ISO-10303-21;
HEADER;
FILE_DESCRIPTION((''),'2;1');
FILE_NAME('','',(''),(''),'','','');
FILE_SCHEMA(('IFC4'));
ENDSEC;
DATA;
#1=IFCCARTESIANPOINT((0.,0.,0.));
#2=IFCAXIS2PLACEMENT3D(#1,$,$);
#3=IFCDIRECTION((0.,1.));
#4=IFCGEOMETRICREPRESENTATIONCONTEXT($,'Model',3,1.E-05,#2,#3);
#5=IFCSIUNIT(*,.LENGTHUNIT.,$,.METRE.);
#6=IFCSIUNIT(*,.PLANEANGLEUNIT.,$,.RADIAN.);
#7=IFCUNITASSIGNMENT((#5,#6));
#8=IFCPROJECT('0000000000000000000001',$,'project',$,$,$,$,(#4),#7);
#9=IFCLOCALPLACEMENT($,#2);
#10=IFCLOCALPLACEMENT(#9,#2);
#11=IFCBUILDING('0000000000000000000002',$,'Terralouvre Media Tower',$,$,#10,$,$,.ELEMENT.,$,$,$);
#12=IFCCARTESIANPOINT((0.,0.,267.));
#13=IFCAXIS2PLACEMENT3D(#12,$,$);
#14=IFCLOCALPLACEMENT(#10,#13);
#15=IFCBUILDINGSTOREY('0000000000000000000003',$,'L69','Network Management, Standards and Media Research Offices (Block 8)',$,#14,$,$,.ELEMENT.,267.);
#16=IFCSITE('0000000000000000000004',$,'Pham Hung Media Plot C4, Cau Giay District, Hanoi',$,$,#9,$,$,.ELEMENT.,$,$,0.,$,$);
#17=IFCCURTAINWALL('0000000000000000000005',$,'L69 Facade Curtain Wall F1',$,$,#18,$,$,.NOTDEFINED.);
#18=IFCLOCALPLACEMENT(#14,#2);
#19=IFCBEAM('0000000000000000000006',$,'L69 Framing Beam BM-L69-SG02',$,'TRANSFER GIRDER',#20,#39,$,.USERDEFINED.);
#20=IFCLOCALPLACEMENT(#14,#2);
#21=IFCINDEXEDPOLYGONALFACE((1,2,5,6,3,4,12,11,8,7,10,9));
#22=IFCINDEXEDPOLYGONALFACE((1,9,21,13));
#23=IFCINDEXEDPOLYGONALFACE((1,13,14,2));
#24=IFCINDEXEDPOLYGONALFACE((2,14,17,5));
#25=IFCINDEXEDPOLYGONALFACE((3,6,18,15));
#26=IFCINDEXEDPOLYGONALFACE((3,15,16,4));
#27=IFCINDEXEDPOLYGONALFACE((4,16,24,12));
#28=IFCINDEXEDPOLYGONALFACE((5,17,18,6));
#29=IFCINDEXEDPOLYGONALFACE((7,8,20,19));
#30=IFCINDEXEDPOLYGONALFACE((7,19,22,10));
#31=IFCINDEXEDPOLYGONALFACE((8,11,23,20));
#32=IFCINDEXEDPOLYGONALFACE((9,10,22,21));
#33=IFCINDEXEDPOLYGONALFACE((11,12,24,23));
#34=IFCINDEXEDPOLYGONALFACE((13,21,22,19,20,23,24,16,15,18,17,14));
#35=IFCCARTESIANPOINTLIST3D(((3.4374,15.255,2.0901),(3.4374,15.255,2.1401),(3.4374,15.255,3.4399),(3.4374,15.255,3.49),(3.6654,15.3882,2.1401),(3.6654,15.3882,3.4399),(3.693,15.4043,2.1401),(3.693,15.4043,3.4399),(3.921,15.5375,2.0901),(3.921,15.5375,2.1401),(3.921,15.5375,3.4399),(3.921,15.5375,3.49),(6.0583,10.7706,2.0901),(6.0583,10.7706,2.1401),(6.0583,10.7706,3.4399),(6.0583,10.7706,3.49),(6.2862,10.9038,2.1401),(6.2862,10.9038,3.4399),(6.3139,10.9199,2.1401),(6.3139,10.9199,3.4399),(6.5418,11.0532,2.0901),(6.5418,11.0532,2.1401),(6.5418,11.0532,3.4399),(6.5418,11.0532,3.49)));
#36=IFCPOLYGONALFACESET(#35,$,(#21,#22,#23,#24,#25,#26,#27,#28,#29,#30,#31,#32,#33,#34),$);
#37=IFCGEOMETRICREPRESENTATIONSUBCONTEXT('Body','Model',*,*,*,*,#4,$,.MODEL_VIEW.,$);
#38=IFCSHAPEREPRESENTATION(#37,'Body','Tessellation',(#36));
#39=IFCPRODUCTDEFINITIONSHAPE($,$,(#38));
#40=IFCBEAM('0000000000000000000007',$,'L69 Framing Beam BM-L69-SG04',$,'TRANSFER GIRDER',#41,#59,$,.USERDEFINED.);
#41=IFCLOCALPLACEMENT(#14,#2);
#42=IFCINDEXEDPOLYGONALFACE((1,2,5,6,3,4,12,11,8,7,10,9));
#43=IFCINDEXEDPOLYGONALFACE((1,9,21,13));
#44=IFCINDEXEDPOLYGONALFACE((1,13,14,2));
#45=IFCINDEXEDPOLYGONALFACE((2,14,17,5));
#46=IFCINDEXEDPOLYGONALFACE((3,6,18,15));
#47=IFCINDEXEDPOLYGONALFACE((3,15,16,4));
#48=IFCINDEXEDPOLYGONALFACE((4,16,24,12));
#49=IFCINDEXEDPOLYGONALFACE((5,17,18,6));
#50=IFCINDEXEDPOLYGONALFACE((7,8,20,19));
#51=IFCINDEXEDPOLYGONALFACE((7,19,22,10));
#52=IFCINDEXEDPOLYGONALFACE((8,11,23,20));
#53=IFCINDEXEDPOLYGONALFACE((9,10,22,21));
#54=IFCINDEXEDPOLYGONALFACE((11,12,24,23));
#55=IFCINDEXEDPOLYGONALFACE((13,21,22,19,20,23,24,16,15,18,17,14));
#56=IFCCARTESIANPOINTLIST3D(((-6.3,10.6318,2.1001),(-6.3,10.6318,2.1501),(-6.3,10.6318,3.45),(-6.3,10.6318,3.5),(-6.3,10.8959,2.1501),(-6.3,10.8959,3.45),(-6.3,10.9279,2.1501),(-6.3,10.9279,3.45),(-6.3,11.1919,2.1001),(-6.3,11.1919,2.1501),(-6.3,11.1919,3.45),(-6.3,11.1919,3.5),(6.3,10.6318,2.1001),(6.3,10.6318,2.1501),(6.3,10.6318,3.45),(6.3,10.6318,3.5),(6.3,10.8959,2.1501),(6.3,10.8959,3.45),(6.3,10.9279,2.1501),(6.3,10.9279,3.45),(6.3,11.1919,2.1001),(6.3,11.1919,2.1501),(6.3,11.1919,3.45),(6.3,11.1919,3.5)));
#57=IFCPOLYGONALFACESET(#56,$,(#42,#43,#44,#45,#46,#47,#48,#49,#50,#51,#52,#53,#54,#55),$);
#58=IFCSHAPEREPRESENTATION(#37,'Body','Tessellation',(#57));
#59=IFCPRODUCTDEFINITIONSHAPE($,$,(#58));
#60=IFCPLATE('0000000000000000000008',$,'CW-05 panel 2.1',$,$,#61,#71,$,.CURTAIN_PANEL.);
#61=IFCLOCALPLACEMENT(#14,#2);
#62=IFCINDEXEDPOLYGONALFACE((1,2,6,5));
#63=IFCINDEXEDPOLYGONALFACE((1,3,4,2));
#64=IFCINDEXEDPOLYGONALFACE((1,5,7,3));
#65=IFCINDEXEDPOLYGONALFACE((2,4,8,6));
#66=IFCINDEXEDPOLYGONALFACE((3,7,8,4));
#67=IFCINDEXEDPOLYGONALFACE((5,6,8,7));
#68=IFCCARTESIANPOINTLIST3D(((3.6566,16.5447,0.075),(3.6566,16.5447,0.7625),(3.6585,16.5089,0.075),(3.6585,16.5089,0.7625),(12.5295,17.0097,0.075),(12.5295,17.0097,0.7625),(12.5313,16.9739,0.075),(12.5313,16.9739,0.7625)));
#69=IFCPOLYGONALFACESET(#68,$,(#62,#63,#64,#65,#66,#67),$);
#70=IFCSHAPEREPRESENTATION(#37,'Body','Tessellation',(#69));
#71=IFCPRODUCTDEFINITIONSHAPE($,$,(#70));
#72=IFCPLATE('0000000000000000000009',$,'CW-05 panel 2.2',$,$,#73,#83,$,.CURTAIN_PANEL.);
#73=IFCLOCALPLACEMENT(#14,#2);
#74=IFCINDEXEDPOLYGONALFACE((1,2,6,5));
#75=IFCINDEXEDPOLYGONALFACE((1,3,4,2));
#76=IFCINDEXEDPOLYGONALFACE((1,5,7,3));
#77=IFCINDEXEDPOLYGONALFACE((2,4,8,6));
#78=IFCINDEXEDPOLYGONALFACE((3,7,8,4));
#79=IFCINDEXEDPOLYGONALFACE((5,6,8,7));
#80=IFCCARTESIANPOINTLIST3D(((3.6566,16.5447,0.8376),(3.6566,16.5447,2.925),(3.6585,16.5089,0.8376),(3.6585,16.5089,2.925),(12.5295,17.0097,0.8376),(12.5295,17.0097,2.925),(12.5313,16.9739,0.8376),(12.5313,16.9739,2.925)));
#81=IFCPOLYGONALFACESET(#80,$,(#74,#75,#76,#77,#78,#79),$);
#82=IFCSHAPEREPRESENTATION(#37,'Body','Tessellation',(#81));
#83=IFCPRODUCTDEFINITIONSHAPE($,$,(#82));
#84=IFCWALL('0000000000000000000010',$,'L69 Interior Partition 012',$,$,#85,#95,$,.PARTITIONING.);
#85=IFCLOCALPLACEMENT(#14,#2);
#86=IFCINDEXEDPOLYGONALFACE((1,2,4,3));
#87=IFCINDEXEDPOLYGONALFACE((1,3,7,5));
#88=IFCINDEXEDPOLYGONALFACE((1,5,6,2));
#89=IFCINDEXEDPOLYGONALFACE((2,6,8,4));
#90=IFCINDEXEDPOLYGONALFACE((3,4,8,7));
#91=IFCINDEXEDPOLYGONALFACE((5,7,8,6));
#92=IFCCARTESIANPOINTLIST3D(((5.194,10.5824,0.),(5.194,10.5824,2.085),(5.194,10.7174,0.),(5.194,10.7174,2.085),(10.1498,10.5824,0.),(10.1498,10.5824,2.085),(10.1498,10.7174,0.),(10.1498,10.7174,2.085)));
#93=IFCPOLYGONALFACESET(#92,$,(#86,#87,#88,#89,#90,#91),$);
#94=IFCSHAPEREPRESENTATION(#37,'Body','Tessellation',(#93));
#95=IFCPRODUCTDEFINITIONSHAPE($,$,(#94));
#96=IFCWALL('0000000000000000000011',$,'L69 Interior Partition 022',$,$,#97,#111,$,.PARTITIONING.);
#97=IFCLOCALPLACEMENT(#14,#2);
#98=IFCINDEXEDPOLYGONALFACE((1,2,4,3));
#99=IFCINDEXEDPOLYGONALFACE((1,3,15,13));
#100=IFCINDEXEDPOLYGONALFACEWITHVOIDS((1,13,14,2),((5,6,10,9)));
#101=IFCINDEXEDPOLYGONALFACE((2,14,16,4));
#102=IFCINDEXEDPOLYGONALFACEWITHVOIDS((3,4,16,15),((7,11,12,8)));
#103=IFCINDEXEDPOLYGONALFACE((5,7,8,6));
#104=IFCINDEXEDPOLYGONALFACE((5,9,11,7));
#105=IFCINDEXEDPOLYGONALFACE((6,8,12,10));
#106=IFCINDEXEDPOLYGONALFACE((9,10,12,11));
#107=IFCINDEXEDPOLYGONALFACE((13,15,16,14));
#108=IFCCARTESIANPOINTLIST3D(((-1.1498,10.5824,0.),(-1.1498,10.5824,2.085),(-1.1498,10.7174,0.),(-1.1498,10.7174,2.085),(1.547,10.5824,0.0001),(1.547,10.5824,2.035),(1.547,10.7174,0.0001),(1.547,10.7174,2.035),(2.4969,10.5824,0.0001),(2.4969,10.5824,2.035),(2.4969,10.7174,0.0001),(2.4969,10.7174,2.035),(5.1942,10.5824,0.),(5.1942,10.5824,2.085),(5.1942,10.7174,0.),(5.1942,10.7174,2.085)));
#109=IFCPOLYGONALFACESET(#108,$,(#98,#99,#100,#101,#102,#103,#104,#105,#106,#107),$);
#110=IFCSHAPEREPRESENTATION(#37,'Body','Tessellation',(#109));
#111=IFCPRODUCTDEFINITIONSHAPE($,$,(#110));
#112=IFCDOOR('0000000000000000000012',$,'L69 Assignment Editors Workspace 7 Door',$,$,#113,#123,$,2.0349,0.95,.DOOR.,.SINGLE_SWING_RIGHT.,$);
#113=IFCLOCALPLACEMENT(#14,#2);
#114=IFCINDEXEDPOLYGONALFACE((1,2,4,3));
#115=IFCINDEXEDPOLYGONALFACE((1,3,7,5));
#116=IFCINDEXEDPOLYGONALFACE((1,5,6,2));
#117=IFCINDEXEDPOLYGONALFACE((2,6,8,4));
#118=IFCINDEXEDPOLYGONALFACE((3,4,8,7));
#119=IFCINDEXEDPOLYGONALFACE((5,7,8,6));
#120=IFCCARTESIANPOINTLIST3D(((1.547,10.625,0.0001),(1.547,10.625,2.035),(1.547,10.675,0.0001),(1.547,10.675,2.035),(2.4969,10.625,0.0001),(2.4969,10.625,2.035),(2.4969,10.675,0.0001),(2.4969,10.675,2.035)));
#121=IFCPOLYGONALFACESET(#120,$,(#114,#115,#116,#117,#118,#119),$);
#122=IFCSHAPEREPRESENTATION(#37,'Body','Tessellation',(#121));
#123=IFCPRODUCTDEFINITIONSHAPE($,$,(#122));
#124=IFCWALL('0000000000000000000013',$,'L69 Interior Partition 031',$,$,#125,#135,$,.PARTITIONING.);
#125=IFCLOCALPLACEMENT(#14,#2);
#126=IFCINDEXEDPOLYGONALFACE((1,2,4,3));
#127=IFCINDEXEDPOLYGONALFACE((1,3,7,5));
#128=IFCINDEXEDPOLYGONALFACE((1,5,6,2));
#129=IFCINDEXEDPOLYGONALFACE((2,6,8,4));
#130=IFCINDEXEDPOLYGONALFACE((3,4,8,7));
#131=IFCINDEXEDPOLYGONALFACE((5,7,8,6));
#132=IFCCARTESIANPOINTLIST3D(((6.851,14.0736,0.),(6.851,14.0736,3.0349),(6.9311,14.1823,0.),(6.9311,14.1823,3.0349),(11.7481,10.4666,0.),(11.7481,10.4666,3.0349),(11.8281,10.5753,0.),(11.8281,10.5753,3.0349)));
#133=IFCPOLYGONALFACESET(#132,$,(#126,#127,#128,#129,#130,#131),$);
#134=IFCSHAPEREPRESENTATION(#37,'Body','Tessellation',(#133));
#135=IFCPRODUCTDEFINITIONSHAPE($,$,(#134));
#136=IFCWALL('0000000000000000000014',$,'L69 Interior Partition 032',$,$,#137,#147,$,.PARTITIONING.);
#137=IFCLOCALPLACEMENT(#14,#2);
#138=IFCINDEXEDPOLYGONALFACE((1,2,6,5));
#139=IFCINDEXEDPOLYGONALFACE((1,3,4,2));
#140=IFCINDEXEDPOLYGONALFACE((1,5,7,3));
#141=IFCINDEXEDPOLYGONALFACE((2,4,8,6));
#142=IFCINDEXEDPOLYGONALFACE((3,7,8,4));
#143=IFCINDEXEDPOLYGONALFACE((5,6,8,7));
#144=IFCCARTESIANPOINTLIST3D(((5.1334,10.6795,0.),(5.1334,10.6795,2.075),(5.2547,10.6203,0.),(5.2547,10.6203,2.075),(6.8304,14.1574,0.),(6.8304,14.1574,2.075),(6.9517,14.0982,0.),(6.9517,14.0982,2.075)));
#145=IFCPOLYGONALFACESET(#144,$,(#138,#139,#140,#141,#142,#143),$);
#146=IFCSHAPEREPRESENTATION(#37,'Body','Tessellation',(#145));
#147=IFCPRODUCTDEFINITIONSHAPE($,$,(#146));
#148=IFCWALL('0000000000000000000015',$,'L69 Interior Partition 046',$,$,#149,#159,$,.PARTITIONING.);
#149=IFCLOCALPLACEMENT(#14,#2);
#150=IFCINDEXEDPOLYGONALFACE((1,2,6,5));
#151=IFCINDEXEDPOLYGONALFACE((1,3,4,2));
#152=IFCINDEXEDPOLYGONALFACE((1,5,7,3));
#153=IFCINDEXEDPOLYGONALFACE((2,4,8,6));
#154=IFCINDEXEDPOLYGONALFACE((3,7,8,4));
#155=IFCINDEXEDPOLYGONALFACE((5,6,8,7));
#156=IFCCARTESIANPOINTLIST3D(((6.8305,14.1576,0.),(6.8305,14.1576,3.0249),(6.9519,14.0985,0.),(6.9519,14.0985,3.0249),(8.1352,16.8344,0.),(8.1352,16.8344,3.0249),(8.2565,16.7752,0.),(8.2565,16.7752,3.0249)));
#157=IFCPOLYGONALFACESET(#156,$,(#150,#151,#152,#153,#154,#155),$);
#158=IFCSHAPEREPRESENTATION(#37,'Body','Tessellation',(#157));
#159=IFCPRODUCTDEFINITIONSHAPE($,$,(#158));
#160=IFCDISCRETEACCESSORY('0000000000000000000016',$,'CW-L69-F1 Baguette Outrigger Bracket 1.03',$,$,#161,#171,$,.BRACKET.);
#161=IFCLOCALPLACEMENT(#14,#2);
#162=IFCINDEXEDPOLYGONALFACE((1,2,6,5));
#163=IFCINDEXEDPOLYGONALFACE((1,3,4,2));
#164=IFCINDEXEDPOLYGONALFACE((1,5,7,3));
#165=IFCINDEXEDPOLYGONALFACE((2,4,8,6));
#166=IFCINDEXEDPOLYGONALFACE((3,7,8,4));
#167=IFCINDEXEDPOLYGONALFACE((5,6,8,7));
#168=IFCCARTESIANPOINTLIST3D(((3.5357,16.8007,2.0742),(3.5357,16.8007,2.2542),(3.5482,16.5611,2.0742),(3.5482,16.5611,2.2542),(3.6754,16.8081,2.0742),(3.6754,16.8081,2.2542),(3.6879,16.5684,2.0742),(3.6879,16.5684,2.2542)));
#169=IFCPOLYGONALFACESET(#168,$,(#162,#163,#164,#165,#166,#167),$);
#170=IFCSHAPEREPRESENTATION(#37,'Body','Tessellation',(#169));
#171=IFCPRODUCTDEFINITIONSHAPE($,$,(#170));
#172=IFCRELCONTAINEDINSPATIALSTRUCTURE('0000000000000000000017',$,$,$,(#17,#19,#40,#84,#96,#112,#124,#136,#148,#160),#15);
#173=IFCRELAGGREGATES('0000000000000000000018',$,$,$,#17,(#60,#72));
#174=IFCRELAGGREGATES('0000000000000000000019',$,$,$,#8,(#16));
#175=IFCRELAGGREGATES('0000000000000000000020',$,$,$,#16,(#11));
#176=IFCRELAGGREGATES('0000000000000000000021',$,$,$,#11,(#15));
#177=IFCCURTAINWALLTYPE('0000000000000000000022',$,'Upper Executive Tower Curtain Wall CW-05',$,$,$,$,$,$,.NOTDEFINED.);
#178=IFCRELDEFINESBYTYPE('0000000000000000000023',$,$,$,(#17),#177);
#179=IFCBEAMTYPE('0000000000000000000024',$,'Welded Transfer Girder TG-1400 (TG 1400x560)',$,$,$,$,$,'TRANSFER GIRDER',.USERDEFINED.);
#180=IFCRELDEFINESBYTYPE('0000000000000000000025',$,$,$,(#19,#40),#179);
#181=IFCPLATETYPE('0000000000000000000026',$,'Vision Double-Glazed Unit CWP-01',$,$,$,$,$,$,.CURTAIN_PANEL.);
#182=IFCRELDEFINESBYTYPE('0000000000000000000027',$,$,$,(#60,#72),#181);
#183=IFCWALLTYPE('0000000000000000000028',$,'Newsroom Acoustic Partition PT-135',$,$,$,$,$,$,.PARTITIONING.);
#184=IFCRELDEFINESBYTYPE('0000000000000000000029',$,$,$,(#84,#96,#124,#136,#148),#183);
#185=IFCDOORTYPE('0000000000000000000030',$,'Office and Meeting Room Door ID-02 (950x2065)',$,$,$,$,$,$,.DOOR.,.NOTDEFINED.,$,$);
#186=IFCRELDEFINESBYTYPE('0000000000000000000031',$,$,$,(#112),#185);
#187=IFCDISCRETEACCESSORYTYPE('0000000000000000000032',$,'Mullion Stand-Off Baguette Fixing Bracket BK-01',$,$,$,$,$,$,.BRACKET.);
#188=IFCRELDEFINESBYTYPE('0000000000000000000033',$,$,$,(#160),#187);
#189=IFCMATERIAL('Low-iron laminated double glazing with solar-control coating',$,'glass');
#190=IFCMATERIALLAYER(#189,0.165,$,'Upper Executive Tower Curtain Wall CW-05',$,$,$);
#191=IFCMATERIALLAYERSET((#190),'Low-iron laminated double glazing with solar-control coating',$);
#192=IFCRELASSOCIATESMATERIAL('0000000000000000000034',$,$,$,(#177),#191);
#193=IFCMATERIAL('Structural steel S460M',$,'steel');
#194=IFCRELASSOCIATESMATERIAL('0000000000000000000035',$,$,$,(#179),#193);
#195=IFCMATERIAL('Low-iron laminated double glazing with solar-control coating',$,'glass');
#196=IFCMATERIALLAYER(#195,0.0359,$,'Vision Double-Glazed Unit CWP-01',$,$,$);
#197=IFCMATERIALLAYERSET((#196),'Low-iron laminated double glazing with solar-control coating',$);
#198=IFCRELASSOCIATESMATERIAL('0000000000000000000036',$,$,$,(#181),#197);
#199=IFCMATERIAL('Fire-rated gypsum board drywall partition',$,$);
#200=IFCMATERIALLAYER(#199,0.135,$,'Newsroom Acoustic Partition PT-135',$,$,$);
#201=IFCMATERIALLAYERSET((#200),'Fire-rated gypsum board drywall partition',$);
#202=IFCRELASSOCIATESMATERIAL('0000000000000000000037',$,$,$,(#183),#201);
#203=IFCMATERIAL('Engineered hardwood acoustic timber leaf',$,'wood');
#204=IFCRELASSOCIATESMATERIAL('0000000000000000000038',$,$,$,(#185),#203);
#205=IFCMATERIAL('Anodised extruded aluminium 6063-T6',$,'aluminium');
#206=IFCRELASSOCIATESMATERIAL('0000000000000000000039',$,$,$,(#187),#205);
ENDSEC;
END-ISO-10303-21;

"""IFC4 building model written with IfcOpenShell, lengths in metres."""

from ifc_helpers import new_model, si_unit, direction, frame, frame_2d, origin, origin_2d, place, context, subcontext, project, spatial, rectangle, i_section, extrude, material, layer, layer_set, material_profile, profile_set, type_object, element, fill, aggregate, save


model = new_model("IFC4")

# Units and contexts
model_context = context("Model", 3, precision=1e-05, world=origin(), true_north=direction((0.0, 1.0)))
body_context = subcontext(model_context, "Body", "Model", "MODEL_VIEW")
ifc_project = project(units=[si_unit("LENGTHUNIT", "METRE"), si_unit("PLANEANGLEUNIT", "RADIAN")], contexts=[model_context])

# Site, building, storey
site_placement = place(None, origin())
site = spatial("IfcSite", under=ifc_project, at=site_placement, Name="Pham Hung Media Plot C4, Cau Giay District, Hanoi", CompositionType="ELEMENT", RefElevation=0.0)
building_placement = place(site_placement, origin())
building = spatial("IfcBuilding", under=site, at=building_placement, Name="Terralouvre Media Tower", CompositionType="ELEMENT")
storey_placement = place(building_placement, frame((0.0, 0.0, 267.0)))
storey = spatial("IfcBuildingStorey", under=building, at=storey_placement, Name="L69", Description="Network Management, Standards and Media Research Offices (Block 8)", CompositionType="ELEMENT", Elevation=267.0)

# Curtain wall
ifc_material_1 = material(Name="Low-iron laminated double glazing with solar-control coating", Category="glass")
ifc_layer_1 = layer(ifc_material_1, 0.165, Name="Upper Executive Tower Curtain Wall CW-05")
ifc_layer_set_1 = layer_set([ifc_layer_1], Name="Low-iron laminated double glazing with solar-control coating")
curtain_wall_type = type_object("IfcCurtainWallType", Name="Upper Executive Tower Curtain Wall CW-05", PredefinedType="NOTDEFINED", material=ifc_layer_set_1)
curtain_wall_placement = place(storey_placement, origin())
curtain_wall = element("IfcCurtainWall", 1, at=curtain_wall_placement, inside=storey, type_object=curtain_wall_type, Name="L69 Facade Curtain Wall F1", PredefinedType="NOTDEFINED")

# Beams
ifc_material_2 = material(Name="Structural steel S460M", Category="steel")
ifc_material_profile_1 = material_profile(ifc_material_2, i_section(OverallWidth=0.5601, OverallDepth=1.3999, WebThickness=0.032, FlangeThickness=0.05, at=origin_2d()), Name="TG 1400x560")
ifc_profile_set_1 = profile_set([ifc_material_profile_1], Name="Structural steel S460M")
beam_type_1 = type_object("IfcBeamType", Name="Welded Transfer Girder TG-1400 (TG 1400x560)", ElementType="TRANSFER GIRDER", PredefinedType="USERDEFINED", material=ifc_profile_set_1)
beam_1_placement = place(storey_placement, frame((6.3, 10.9119, 2.79), z_axis=(-0.504584, 0.863363, 0.0), x_axis=(-0.863363, -0.504584, 0.0)))
element("IfcBeam", 2, at=beam_1_placement, inside=storey, type_object=beam_type_1, Name="L69 Framing Beam BM-L69-SG02", ObjectType="TRANSFER GIRDER", PredefinedType="USERDEFINED", context=body_context, shape_type="SweptSolid", body=[
    extrude(i_section(OverallWidth=0.5601, OverallDepth=1.3999, WebThickness=0.032, FlangeThickness=0.05, at=origin_2d()), origin(), (0.0, 0.0, 1.0), 5.1941),
])
beam_2_placement = place(storey_placement, frame((6.3, 10.9119, 2.8), z_axis=(-1.0, 0.0, 0.0), x_axis=(0.0, -1.0, 0.0)))
element("IfcBeam", 3, at=beam_2_placement, inside=storey, type_object=beam_type_1, Name="L69 Framing Beam BM-L69-SG04", ObjectType="TRANSFER GIRDER", PredefinedType="USERDEFINED", context=body_context, shape_type="SweptSolid", body=[
    extrude(i_section(OverallWidth=0.5601, OverallDepth=1.3999, WebThickness=0.032, FlangeThickness=0.05, at=origin_2d()), origin(), (0.0, 0.0, 1.0), 12.6001),
])

# Plates
ifc_material_3 = material(Name="Low-iron laminated double glazing with solar-control coating", Category="glass")
ifc_layer_2 = layer(ifc_material_3, 0.0359, Name="Vision Double-Glazed Unit CWP-01")
ifc_layer_set_2 = layer_set([ifc_layer_2], Name="Low-iron laminated double glazing with solar-control coating")
plate_type = type_object("IfcPlateType", Name="Vision Double-Glazed Unit CWP-01", PredefinedType="CURTAIN_PANEL", material=ifc_layer_set_2)
plate_1_placement = place(storey_placement, frame((8.094, 16.7593, 0.075), z_axis=(0.0, 0.0, 1.0), x_axis=(-0.99863, -0.052336, 0.0)))
plate_1 = element("IfcPlate", 4, at=plate_1_placement, type_object=plate_type, Name="CW-05 panel 2.1", PredefinedType="CURTAIN_PANEL", context=body_context, shape_type="SweptSolid", body=[
    extrude(rectangle(XDim=8.885, YDim=0.0359, at=origin_2d()), origin(), (0.0, 0.0, 1.0), 0.6875),
])
plate_2_placement = place(storey_placement, frame((8.094, 16.7593, 0.8376), z_axis=(0.0, 0.0, 1.0), x_axis=(-0.99863, -0.052336, 0.0)))
plate_2 = element("IfcPlate", 5, at=plate_2_placement, type_object=plate_type, Name="CW-05 panel 2.2", PredefinedType="CURTAIN_PANEL", context=body_context, shape_type="SweptSolid", body=[
    extrude(rectangle(XDim=8.885, YDim=0.0359, at=origin_2d()), origin(), (0.0, 0.0, 1.0), 2.0874),
])
aggregate(curtain_wall, [plate_1, plate_2])

# Wall
ifc_material_4 = material(Name="Fire-rated gypsum board drywall partition")
ifc_layer_3 = layer(ifc_material_4, 0.135, Name="Newsroom Acoustic Partition PT-135")
ifc_layer_set_3 = layer_set([ifc_layer_3], Name="Fire-rated gypsum board drywall partition")
wall_type = type_object("IfcWallType", Name="Newsroom Acoustic Partition PT-135", PredefinedType="PARTITIONING", material=ifc_layer_set_3)
wall_1_placement = place(storey_placement, frame((10.1499, 10.6499, 0.0), z_axis=(0.0, 0.0, 1.0), x_axis=(-1.0, 0.0, 0.0)))
element("IfcWall", 6, at=wall_1_placement, inside=storey, type_object=wall_type, Name="L69 Interior Partition 012", PredefinedType="PARTITIONING", context=body_context, shape_type="SweptSolid", body=[
    extrude(rectangle(XDim=4.9558, YDim=0.135, at=frame_2d((2.478, 0.0))), origin(), (0.0, 0.0, 1.0), 2.085),
])

# Wall, opening, door
wall_2_placement = place(storey_placement, frame((5.1941, 10.6499, 0.0), z_axis=(0.0, 0.0, 1.0), x_axis=(-1.0, 0.0, 0.0)))
wall_2 = element("IfcWall", 7, at=wall_2_placement, inside=storey, type_object=wall_type, Name="L69 Interior Partition 022", PredefinedType="PARTITIONING", context=body_context, shape_type="SweptSolid", body=[
    extrude(rectangle(XDim=6.344, YDim=0.135, at=frame_2d((3.1719, 0.0))), origin(), (0.0, 0.0, 1.0), 2.085),
])
opening_placement = place(wall_2_placement, frame((2.697, 0.0, 0.0)))
opening = element("IfcOpeningElement", 8, at=opening_placement, cuts=wall_2, PredefinedType="OPENING", context=body_context, shape_type="SweptSolid", body=[
    extrude(rectangle(XDim=0.95, YDim=2.0349, at=frame_2d((0.4751, 1.0176))), frame((0.0, 0.0774, 0.0), z_axis=(0.0, -1.0, 0.0), x_axis=(1.0, 0.0, 0.0)), (0.0, 0.0, 1.0), 0.155),
])
ifc_material_5 = material(Name="Engineered hardwood acoustic timber leaf", Category="wood")
door_type = type_object("IfcDoorType", Name="Office and Meeting Room Door ID-02 (950x2065)", OperationType="NOTDEFINED", PredefinedType="DOOR", material=ifc_material_5)
door_placement = place(opening_placement, origin())
door = element("IfcDoor", 9, at=door_placement, inside=storey, type_object=door_type, Name="L69 Assignment Editors Workspace 7 Door", OperationType="SINGLE_SWING_RIGHT", OverallHeight=2.0349, OverallWidth=0.95, PredefinedType="DOOR", context=body_context, shape_type="SweptSolid", body=[
    extrude(rectangle(XDim=0.95, YDim=2.0349, at=frame_2d((0.4751, 1.0176))), frame((0.0, 0.0249, 0.0), z_axis=(0.0, -1.0, 0.0), x_axis=(1.0, 0.0, 0.0)), (0.0, 0.0, 1.0), 0.05),
])
fill(opening, door)

# Walls
wall_3_placement = place(storey_placement, frame((11.7881, 10.521, 0.0), z_axis=(0.0, 0.0, 1.0), x_axis=(-0.805163, 0.593054, 0.0)))
element("IfcWall", 10, at=wall_3_placement, inside=storey, type_object=wall_type, Name="L69 Interior Partition 031", PredefinedType="PARTITIONING", context=body_context, shape_type="SweptSolid", body=[
    extrude(rectangle(XDim=6.082, YDim=0.135, at=frame_2d((3.041, 0.0))), origin(), (0.0, 0.0, 1.0), 3.0349),
])
wall_4_placement = place(storey_placement, frame((6.8911, 14.1279, 0.0), z_axis=(0.0, 0.0, 1.0), x_axis=(-0.438512, -0.898725, 0.0)))
element("IfcWall", 11, at=wall_4_placement, inside=storey, type_object=wall_type, Name="L69 Interior Partition 032", PredefinedType="PARTITIONING", context=body_context, shape_type="SweptSolid", body=[
    extrude(rectangle(XDim=3.8699, YDim=0.135, at=frame_2d((1.9351, 0.0))), origin(), (0.0, 0.0, 1.0), 2.075),
])
wall_5_placement = place(storey_placement, frame((8.1958, 16.8047, 0.0), z_axis=(0.0, 0.0, 1.0), x_axis=(-0.438139, -0.898907, 0.0)))
element("IfcWall", 12, at=wall_5_placement, inside=storey, type_object=wall_type, Name="L69 Interior Partition 046", PredefinedType="PARTITIONING", context=body_context, shape_type="SweptSolid", body=[
    extrude(rectangle(XDim=2.9778, YDim=0.135, at=frame_2d((1.4888, 0.0))), origin(), (0.0, 0.0, 1.0), 3.0249),
])

# Discrete accessory
ifc_material_6 = material(Name="Anodised extruded aluminium 6063-T6", Category="aluminium")
discrete_accessory_type = type_object("IfcDiscreteAccessoryType", Name="Mullion Stand-Off Baguette Fixing Bracket BK-01", PredefinedType="BRACKET", material=ifc_material_6)
discrete_accessory_placement = place(storey_placement, frame((3.6118, 16.6846, 2.0742), z_axis=(0.0, 0.0, 1.0), x_axis=(-0.99863, -0.052336, 0.0)))
element("IfcDiscreteAccessory", 13, at=discrete_accessory_placement, inside=storey, type_object=discrete_accessory_type, Name="CW-L69-F1 Baguette Outrigger Bracket 1.03", PredefinedType="BRACKET", context=body_context, shape_type="SweptSolid", body=[
    extrude(rectangle(XDim=0.1399, YDim=0.24, at=origin_2d()), origin(), (0.0, 0.0, 1.0), 0.1799),
])

save(model, "model.ifc")
